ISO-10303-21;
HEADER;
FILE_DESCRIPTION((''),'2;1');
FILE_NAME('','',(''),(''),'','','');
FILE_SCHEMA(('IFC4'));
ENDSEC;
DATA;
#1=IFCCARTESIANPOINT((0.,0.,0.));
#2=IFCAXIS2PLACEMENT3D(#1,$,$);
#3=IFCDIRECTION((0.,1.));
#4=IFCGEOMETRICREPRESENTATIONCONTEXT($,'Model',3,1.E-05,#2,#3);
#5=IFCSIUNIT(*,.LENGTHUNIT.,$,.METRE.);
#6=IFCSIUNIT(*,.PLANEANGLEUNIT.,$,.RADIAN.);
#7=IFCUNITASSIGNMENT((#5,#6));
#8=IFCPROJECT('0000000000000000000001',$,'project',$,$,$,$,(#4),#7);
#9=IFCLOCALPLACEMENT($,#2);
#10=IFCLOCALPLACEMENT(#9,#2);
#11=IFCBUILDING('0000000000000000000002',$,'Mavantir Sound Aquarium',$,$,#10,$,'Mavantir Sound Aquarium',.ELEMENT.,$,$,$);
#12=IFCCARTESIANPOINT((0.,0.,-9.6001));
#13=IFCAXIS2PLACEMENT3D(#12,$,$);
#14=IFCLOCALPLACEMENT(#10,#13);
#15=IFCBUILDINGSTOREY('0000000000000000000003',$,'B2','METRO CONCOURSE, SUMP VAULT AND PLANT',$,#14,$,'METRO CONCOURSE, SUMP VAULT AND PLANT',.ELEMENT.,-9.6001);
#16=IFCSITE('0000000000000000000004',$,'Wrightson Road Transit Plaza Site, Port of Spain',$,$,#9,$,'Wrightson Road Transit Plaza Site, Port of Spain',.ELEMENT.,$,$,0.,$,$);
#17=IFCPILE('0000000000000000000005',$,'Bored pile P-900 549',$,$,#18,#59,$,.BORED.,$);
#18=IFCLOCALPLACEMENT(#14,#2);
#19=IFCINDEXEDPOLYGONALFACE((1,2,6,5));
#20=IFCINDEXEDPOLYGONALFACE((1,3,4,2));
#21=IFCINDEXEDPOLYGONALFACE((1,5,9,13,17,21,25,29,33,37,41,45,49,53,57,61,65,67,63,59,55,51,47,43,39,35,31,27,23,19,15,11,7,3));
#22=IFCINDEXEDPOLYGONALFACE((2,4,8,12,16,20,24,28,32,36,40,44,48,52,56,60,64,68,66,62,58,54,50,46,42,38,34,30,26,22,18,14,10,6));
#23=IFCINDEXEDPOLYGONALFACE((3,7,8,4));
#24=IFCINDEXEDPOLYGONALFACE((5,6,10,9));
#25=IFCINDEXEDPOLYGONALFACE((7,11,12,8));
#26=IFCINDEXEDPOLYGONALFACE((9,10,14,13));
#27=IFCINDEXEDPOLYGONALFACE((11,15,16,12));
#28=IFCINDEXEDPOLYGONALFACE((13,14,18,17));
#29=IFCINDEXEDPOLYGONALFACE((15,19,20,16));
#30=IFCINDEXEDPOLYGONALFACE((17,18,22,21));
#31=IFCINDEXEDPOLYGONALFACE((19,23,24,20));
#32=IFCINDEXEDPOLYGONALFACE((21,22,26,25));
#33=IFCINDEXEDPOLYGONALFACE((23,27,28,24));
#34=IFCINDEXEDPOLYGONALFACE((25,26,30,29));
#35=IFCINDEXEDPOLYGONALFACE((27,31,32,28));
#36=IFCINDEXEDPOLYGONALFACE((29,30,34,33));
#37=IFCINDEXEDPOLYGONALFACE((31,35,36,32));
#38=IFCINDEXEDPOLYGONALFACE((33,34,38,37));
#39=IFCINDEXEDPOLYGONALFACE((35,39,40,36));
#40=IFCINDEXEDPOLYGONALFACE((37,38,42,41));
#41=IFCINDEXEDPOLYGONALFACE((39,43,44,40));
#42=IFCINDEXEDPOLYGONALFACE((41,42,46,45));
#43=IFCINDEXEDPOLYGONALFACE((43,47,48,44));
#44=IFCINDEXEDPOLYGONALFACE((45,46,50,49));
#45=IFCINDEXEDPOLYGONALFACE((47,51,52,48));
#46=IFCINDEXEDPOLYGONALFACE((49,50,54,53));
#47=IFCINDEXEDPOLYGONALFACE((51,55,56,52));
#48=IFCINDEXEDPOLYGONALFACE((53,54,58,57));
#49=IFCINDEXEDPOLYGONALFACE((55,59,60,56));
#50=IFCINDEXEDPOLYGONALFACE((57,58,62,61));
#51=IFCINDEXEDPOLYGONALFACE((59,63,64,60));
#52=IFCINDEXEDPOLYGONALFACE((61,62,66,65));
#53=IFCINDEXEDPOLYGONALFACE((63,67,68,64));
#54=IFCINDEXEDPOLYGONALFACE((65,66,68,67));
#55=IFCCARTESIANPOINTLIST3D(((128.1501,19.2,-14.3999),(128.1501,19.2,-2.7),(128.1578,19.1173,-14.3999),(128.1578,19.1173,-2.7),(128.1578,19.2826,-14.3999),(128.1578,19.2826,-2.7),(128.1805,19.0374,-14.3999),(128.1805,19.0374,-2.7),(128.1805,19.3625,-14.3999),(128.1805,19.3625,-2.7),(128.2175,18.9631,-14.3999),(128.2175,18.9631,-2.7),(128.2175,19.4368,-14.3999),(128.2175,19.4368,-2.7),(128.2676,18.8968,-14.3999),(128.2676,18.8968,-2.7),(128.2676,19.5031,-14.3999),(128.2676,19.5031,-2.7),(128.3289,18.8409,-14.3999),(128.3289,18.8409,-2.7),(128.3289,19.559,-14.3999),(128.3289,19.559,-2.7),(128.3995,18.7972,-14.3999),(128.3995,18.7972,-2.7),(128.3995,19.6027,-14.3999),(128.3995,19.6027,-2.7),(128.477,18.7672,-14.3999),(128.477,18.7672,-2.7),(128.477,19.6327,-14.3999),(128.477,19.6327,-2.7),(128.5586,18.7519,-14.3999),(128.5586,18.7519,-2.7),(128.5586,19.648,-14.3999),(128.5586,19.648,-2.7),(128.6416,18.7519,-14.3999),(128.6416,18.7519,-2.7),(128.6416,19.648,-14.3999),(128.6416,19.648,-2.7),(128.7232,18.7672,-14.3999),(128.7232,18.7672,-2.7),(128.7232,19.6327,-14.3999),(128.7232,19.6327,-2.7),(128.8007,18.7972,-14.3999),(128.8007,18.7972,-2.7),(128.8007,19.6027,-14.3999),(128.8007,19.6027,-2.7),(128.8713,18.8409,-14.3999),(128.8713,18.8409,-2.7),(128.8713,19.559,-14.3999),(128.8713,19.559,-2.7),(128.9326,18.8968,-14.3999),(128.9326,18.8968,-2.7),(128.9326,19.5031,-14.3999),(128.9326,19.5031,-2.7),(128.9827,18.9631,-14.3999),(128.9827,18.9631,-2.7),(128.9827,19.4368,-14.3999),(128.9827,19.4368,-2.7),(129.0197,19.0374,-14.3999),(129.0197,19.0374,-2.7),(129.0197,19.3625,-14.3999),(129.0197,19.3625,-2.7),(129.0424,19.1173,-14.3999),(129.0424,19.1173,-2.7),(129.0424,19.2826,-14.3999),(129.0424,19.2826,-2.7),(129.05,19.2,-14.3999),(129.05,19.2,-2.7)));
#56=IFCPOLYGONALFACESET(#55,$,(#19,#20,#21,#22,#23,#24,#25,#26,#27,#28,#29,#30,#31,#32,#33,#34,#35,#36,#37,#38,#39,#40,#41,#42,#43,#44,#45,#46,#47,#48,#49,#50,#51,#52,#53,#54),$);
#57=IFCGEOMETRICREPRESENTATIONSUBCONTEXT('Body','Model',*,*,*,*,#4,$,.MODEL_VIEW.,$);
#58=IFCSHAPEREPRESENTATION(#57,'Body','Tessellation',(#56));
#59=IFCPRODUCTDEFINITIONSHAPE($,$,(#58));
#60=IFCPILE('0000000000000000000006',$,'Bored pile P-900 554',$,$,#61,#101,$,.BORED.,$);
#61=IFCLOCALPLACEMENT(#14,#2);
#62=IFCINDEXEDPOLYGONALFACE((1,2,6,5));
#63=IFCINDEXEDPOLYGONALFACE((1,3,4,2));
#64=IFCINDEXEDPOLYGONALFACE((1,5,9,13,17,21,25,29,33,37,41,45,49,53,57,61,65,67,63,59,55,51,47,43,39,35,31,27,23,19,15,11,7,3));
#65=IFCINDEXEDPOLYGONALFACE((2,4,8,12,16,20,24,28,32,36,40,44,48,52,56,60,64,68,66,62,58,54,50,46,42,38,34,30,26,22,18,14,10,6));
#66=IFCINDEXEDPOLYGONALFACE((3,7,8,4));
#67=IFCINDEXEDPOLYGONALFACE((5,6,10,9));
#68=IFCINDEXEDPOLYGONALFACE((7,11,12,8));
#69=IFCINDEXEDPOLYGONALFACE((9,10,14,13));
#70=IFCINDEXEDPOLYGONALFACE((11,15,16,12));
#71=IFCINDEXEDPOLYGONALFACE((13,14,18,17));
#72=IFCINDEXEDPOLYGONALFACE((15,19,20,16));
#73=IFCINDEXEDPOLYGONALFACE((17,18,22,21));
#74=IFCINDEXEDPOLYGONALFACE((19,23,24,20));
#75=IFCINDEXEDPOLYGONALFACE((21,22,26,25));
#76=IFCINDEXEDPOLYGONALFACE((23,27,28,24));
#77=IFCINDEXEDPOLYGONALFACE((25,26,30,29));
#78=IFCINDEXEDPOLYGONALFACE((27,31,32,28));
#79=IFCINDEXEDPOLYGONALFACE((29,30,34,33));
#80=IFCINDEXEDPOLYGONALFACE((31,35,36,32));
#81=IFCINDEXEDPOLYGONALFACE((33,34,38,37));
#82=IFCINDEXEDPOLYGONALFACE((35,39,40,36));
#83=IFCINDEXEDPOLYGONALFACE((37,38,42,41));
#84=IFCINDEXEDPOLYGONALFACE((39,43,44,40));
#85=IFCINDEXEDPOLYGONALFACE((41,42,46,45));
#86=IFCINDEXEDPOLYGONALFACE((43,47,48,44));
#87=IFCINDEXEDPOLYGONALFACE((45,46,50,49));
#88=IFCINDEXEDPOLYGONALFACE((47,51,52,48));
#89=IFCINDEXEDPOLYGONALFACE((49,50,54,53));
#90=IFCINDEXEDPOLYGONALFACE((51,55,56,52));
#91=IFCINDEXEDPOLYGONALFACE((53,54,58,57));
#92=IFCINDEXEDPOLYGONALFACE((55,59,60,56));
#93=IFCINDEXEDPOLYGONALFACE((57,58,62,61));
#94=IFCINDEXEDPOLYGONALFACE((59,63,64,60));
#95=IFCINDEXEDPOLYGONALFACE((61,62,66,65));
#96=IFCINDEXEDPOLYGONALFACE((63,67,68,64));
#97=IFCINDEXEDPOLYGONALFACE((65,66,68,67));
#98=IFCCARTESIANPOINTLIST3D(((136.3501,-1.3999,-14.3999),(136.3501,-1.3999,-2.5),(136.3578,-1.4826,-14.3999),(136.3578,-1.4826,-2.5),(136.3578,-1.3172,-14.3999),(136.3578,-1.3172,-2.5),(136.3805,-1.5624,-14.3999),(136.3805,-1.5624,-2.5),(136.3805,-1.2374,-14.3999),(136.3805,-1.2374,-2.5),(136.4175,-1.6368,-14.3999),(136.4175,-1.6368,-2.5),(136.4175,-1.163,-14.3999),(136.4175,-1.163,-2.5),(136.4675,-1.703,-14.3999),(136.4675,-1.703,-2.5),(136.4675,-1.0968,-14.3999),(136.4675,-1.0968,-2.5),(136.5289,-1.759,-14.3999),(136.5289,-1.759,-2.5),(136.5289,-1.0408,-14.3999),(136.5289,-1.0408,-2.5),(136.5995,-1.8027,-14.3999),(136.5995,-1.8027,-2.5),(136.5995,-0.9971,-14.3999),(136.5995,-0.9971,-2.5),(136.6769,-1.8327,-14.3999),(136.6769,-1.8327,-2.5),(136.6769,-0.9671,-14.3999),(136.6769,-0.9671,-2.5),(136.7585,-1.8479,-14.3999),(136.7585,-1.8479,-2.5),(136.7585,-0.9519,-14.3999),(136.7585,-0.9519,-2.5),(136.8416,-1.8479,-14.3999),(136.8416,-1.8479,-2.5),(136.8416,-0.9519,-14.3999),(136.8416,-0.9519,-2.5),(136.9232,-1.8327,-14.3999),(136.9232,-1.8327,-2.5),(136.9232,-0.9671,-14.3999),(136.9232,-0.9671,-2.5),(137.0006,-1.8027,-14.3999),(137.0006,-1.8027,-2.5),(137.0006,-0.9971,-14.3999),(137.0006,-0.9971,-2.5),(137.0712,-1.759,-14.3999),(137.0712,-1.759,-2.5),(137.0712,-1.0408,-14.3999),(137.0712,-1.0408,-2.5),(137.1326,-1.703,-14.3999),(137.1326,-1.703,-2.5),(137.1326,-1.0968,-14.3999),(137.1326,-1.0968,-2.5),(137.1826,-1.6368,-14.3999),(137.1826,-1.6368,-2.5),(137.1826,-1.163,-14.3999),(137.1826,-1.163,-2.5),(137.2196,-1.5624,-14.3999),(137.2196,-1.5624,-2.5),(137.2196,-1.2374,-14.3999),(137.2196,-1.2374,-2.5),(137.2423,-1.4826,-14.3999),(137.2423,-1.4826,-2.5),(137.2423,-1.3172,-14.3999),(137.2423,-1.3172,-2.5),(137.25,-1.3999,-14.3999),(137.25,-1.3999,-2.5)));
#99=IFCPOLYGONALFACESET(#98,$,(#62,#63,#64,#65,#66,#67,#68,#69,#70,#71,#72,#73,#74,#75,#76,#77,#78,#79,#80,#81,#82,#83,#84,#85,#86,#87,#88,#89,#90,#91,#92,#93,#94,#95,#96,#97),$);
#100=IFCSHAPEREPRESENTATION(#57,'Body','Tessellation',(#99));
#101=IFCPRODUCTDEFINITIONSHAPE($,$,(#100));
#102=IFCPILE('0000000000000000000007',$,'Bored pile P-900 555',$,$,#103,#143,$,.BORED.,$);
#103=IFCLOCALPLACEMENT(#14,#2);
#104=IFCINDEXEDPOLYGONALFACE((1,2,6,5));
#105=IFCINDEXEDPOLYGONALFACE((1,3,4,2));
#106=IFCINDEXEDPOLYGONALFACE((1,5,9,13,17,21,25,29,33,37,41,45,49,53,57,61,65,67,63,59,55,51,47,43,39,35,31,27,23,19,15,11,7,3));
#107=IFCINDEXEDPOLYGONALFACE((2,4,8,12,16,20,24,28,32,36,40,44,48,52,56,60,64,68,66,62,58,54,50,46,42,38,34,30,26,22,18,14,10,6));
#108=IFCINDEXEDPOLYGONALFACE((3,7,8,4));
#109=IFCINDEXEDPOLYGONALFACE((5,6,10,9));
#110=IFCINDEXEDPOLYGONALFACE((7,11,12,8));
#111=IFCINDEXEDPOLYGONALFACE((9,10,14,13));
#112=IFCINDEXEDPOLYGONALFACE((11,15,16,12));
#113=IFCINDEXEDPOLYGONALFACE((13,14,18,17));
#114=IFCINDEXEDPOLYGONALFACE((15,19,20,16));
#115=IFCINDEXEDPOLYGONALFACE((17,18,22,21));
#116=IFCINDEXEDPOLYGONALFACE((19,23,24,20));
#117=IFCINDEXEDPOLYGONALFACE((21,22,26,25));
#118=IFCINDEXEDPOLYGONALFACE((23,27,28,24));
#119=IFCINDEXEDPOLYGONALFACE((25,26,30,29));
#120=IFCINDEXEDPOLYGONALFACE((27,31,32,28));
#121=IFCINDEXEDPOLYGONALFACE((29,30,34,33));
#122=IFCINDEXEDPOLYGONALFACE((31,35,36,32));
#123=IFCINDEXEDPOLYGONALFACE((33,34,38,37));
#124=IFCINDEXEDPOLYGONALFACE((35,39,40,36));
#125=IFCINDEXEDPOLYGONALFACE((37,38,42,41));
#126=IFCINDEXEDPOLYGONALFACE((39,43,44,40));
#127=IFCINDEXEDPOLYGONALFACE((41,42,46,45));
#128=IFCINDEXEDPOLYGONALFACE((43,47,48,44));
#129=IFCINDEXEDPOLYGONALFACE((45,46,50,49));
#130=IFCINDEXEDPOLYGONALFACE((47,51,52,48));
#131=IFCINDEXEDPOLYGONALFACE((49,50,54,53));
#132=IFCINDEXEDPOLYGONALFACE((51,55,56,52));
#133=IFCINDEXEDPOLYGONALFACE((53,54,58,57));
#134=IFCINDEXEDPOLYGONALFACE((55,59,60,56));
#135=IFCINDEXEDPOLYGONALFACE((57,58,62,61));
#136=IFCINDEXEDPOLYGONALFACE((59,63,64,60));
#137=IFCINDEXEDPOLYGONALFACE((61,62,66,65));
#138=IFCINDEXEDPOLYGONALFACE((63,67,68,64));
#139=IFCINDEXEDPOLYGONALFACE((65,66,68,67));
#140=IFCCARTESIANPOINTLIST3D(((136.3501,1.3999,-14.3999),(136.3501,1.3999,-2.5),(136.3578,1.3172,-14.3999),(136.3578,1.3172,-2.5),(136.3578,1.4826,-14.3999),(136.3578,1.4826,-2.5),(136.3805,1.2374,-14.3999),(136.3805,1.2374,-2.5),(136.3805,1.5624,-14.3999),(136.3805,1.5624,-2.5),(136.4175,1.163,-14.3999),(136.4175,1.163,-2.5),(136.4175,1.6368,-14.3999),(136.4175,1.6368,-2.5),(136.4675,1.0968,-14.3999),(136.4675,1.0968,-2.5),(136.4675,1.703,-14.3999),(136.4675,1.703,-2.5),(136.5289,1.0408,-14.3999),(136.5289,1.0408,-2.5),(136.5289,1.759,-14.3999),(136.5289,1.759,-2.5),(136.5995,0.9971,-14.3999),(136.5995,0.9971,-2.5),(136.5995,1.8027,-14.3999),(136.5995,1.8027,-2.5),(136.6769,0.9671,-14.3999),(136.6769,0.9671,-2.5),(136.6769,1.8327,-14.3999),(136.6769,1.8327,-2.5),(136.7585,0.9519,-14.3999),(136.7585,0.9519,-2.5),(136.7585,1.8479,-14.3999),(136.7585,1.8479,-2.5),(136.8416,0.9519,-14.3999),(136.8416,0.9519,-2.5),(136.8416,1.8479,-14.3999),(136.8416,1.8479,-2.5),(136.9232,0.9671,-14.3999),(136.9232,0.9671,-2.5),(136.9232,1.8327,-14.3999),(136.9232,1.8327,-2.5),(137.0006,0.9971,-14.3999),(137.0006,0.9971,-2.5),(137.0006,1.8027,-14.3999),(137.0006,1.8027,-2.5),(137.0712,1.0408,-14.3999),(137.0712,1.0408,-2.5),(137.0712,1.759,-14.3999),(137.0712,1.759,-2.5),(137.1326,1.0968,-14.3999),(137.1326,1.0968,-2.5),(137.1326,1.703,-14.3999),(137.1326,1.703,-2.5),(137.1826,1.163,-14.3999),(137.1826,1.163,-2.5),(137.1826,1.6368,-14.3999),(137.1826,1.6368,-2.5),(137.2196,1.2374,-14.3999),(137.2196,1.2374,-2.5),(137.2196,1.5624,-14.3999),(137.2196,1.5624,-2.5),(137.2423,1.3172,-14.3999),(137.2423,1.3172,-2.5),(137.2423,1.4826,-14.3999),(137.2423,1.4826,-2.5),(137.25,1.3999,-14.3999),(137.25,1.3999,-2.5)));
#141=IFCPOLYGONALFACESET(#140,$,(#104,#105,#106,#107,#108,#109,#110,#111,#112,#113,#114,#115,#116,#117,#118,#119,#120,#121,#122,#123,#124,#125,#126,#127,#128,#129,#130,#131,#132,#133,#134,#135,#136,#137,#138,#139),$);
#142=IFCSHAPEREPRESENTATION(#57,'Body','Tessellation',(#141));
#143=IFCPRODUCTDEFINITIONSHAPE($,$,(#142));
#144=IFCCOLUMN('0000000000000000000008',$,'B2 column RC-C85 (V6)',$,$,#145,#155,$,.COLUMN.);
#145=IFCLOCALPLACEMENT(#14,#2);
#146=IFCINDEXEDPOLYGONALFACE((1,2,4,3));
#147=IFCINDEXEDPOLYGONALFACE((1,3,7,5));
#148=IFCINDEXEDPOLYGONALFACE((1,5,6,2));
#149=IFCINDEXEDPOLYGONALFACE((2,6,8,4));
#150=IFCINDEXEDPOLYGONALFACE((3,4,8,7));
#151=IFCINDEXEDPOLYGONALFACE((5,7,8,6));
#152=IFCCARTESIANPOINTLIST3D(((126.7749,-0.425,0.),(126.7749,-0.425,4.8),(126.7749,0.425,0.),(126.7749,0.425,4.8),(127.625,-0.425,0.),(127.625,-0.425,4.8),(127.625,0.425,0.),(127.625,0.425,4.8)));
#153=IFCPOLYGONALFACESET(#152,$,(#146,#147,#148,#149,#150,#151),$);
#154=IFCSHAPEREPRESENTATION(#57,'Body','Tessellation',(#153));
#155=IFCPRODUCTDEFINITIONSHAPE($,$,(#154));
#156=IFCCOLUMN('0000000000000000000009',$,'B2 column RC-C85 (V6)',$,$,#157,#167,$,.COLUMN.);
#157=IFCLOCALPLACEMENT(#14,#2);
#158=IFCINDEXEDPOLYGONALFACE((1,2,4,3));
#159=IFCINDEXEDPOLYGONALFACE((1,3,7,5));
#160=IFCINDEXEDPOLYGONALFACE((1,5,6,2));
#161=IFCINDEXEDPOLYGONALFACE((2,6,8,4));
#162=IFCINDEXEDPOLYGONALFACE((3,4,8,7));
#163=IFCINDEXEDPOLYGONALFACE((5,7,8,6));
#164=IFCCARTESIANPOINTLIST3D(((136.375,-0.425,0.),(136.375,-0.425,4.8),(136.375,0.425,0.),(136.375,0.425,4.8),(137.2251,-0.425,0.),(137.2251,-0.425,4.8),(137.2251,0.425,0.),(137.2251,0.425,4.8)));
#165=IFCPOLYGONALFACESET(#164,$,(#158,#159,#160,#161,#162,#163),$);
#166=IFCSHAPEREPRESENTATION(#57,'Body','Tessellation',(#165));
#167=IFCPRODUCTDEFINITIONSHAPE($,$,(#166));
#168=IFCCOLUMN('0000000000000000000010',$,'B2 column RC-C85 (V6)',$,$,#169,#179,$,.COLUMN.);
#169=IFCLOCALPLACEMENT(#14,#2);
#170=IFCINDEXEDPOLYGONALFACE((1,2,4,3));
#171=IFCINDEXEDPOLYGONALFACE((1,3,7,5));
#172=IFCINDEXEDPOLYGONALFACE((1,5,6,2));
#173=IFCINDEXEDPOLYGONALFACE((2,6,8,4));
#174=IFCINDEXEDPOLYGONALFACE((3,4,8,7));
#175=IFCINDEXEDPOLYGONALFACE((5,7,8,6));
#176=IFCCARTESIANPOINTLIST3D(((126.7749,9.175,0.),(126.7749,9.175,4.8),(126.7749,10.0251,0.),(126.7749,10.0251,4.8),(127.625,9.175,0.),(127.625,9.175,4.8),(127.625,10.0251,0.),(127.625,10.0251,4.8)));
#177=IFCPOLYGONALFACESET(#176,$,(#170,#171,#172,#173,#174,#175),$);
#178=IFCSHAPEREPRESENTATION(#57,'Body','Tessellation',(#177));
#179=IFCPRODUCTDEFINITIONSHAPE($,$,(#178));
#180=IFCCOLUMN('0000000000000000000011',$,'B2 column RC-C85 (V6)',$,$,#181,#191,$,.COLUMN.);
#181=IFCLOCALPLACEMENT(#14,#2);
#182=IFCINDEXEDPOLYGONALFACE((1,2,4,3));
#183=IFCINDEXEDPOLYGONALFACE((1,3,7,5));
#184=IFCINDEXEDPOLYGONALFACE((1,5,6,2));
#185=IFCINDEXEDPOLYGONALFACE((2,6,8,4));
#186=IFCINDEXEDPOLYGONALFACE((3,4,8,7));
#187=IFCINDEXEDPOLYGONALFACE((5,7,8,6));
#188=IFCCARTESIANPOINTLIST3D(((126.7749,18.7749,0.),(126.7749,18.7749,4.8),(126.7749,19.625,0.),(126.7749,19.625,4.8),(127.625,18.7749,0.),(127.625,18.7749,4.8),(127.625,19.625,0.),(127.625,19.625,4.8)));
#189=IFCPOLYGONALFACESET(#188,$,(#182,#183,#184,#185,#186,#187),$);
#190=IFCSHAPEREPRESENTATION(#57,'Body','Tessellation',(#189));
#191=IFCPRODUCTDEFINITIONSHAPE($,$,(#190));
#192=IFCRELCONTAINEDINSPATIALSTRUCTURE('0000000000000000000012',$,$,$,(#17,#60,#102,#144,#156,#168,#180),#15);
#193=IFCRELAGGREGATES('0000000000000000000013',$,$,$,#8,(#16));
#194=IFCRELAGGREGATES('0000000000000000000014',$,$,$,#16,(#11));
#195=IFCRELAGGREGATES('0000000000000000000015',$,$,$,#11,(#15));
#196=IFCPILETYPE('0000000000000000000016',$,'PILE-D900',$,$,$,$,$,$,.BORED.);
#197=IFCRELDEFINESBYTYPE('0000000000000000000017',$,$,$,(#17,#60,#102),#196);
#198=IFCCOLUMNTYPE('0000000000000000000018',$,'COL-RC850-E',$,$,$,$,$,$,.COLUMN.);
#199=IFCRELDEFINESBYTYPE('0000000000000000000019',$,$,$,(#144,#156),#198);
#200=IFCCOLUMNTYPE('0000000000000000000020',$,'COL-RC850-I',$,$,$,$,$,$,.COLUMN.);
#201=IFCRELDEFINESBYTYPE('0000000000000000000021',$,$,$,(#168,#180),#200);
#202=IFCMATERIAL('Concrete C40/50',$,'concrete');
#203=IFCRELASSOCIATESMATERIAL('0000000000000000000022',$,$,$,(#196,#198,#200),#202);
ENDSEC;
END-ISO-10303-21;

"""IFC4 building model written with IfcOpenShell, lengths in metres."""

from ifc_helpers import new_model, si_unit, direction, frame, origin, origin_2d, place, context, subcontext, project, spatial, rectangle, circle, extrude, material, material_profile, profile_set, type_object, element, save


model = new_model("IFC4")

# Units and contexts
model_context = context("Model", 3, precision=1e-05, world=origin(), true_north=direction((0.0, 1.0)))
body_context = subcontext(model_context, "Body", "Model", "MODEL_VIEW")
ifc_project = project(units=[si_unit("LENGTHUNIT", "METRE"), si_unit("PLANEANGLEUNIT", "RADIAN")], contexts=[model_context])

# Site, building, storey
site_placement = place(None, origin())
site = spatial("IfcSite", under=ifc_project, at=site_placement, Name="Wrightson Road Transit Plaza Site, Port of Spain", LongName="Wrightson Road Transit Plaza Site, Port of Spain", CompositionType="ELEMENT", RefElevation=0.0)
building_placement = place(site_placement, origin())
building = spatial("IfcBuilding", under=site, at=building_placement, Name="Mavantir Sound Aquarium", LongName="Mavantir Sound Aquarium", CompositionType="ELEMENT")
storey_placement = place(building_placement, frame((0.0, 0.0, -9.6001)))
storey = spatial("IfcBuildingStorey", under=building, at=storey_placement, Name="B2", Description="METRO CONCOURSE, SUMP VAULT AND PLANT", LongName="METRO CONCOURSE, SUMP VAULT AND PLANT", CompositionType="ELEMENT", Elevation=-9.6001)

# Shared definitions
ifc_material_1 = material(Name="Concrete C40/50", Category="concrete")

# Piles
ifc_material_profile_1 = material_profile(ifc_material_1, circle(Radius=0.45, at=origin_2d()), Name="PILE D900")
ifc_profile_set_1 = profile_set([ifc_material_profile_1], Name="Concrete C40/50")
pile_type = type_object("IfcPileType", Name="PILE-D900", PredefinedType="BORED", material=ifc_profile_set_1)
for number, where, z_axis, x_axis, name in (
    (1, (128.6001, 19.2, -2.7), (0.0, 0.0, -1.0), (1.0, 0.0, 0.0), "Bored pile P-900 549"),
):
    element("IfcPile", number, at=place(storey_placement, frame(where, z_axis=z_axis, x_axis=x_axis)), inside=storey, type_object=pile_type, Name=name, PredefinedType="BORED", context=body_context, shape_type="SweptSolid", body=[
        extrude(circle(Radius=0.45, at=origin_2d()), origin(), (0.0, 0.0, 1.0), 11.7),
    ])
for number, where, z_axis, x_axis, name in (
    (2, (136.8, -1.3999, -2.5), (0.0, 0.0, -1.0), (1.0, 0.0, 0.0), "Bored pile P-900 554"),
    (3, (136.8, 1.3999, -2.5), (0.0, 0.0, -1.0), (1.0, 0.0, 0.0), "Bored pile P-900 555"),
):
    element("IfcPile", number, at=place(storey_placement, frame(where, z_axis=z_axis, x_axis=x_axis)), inside=storey, type_object=pile_type, Name=name, PredefinedType="BORED", context=body_context, shape_type="SweptSolid", body=[
        extrude(circle(Radius=0.45, at=origin_2d()), origin(), (0.0, 0.0, 1.0), 11.8999),
    ])

# Columns
ifc_material_profile_2 = material_profile(ifc_material_1, rectangle(XDim=0.8501, YDim=0.8501, at=origin_2d()), Name="RC 850X850")
ifc_profile_set_2 = profile_set([ifc_material_profile_2], Name="Concrete C40/50")
column_type_1 = type_object("IfcColumnType", Name="COL-RC850-E", PredefinedType="COLUMN", material=ifc_profile_set_2)
for number, where, z_axis, x_axis, name in (
    (4, (127.2, 0.0, 0.0), (0.0, 0.0, 1.0), (1.0, 0.0, 0.0), "B2 column RC-C85 (V6)"),
    (5, (136.8, 0.0, 0.0), (0.0, 0.0, 1.0), (1.0, 0.0, 0.0), "B2 column RC-C85 (V6)"),
):
    element("IfcColumn", number, at=place(storey_placement, frame(where, z_axis=z_axis, x_axis=x_axis)), inside=storey, type_object=column_type_1, Name=name, PredefinedType="COLUMN", context=body_context, shape_type="SweptSolid", body=[
        extrude(rectangle(XDim=0.8501, YDim=0.8501, at=origin_2d()), origin(), (0.0, 0.0, 1.0), 4.8),
    ])
ifc_material_profile_3 = material_profile(ifc_material_1, rectangle(XDim=0.8501, YDim=0.8501, at=origin_2d()), Name="RC 850X850")
ifc_profile_set_3 = profile_set([ifc_material_profile_3], Name="Concrete C40/50")
column_type_2 = type_object("IfcColumnType", Name="COL-RC850-I", PredefinedType="COLUMN", material=ifc_profile_set_3)
for number, where, z_axis, x_axis, name in (
    (6, (127.2, 9.6001, 0.0), (0.0, 0.0, 1.0), (1.0, 0.0, 0.0), "B2 column RC-C85 (V6)"),
    (7, (127.2, 19.2, 0.0), (0.0, 0.0, 1.0), (1.0, 0.0, 0.0), "B2 column RC-C85 (V6)"),
):
    element("IfcColumn", number, at=place(storey_placement, frame(where, z_axis=z_axis, x_axis=x_axis)), inside=storey, type_object=column_type_2, Name=name, PredefinedType="COLUMN", context=body_context, shape_type="SweptSolid", body=[
        extrude(rectangle(XDim=0.8501, YDim=0.8501, at=origin_2d()), origin(), (0.0, 0.0, 1.0), 4.8),
    ])

save(model, "model.ifc")
